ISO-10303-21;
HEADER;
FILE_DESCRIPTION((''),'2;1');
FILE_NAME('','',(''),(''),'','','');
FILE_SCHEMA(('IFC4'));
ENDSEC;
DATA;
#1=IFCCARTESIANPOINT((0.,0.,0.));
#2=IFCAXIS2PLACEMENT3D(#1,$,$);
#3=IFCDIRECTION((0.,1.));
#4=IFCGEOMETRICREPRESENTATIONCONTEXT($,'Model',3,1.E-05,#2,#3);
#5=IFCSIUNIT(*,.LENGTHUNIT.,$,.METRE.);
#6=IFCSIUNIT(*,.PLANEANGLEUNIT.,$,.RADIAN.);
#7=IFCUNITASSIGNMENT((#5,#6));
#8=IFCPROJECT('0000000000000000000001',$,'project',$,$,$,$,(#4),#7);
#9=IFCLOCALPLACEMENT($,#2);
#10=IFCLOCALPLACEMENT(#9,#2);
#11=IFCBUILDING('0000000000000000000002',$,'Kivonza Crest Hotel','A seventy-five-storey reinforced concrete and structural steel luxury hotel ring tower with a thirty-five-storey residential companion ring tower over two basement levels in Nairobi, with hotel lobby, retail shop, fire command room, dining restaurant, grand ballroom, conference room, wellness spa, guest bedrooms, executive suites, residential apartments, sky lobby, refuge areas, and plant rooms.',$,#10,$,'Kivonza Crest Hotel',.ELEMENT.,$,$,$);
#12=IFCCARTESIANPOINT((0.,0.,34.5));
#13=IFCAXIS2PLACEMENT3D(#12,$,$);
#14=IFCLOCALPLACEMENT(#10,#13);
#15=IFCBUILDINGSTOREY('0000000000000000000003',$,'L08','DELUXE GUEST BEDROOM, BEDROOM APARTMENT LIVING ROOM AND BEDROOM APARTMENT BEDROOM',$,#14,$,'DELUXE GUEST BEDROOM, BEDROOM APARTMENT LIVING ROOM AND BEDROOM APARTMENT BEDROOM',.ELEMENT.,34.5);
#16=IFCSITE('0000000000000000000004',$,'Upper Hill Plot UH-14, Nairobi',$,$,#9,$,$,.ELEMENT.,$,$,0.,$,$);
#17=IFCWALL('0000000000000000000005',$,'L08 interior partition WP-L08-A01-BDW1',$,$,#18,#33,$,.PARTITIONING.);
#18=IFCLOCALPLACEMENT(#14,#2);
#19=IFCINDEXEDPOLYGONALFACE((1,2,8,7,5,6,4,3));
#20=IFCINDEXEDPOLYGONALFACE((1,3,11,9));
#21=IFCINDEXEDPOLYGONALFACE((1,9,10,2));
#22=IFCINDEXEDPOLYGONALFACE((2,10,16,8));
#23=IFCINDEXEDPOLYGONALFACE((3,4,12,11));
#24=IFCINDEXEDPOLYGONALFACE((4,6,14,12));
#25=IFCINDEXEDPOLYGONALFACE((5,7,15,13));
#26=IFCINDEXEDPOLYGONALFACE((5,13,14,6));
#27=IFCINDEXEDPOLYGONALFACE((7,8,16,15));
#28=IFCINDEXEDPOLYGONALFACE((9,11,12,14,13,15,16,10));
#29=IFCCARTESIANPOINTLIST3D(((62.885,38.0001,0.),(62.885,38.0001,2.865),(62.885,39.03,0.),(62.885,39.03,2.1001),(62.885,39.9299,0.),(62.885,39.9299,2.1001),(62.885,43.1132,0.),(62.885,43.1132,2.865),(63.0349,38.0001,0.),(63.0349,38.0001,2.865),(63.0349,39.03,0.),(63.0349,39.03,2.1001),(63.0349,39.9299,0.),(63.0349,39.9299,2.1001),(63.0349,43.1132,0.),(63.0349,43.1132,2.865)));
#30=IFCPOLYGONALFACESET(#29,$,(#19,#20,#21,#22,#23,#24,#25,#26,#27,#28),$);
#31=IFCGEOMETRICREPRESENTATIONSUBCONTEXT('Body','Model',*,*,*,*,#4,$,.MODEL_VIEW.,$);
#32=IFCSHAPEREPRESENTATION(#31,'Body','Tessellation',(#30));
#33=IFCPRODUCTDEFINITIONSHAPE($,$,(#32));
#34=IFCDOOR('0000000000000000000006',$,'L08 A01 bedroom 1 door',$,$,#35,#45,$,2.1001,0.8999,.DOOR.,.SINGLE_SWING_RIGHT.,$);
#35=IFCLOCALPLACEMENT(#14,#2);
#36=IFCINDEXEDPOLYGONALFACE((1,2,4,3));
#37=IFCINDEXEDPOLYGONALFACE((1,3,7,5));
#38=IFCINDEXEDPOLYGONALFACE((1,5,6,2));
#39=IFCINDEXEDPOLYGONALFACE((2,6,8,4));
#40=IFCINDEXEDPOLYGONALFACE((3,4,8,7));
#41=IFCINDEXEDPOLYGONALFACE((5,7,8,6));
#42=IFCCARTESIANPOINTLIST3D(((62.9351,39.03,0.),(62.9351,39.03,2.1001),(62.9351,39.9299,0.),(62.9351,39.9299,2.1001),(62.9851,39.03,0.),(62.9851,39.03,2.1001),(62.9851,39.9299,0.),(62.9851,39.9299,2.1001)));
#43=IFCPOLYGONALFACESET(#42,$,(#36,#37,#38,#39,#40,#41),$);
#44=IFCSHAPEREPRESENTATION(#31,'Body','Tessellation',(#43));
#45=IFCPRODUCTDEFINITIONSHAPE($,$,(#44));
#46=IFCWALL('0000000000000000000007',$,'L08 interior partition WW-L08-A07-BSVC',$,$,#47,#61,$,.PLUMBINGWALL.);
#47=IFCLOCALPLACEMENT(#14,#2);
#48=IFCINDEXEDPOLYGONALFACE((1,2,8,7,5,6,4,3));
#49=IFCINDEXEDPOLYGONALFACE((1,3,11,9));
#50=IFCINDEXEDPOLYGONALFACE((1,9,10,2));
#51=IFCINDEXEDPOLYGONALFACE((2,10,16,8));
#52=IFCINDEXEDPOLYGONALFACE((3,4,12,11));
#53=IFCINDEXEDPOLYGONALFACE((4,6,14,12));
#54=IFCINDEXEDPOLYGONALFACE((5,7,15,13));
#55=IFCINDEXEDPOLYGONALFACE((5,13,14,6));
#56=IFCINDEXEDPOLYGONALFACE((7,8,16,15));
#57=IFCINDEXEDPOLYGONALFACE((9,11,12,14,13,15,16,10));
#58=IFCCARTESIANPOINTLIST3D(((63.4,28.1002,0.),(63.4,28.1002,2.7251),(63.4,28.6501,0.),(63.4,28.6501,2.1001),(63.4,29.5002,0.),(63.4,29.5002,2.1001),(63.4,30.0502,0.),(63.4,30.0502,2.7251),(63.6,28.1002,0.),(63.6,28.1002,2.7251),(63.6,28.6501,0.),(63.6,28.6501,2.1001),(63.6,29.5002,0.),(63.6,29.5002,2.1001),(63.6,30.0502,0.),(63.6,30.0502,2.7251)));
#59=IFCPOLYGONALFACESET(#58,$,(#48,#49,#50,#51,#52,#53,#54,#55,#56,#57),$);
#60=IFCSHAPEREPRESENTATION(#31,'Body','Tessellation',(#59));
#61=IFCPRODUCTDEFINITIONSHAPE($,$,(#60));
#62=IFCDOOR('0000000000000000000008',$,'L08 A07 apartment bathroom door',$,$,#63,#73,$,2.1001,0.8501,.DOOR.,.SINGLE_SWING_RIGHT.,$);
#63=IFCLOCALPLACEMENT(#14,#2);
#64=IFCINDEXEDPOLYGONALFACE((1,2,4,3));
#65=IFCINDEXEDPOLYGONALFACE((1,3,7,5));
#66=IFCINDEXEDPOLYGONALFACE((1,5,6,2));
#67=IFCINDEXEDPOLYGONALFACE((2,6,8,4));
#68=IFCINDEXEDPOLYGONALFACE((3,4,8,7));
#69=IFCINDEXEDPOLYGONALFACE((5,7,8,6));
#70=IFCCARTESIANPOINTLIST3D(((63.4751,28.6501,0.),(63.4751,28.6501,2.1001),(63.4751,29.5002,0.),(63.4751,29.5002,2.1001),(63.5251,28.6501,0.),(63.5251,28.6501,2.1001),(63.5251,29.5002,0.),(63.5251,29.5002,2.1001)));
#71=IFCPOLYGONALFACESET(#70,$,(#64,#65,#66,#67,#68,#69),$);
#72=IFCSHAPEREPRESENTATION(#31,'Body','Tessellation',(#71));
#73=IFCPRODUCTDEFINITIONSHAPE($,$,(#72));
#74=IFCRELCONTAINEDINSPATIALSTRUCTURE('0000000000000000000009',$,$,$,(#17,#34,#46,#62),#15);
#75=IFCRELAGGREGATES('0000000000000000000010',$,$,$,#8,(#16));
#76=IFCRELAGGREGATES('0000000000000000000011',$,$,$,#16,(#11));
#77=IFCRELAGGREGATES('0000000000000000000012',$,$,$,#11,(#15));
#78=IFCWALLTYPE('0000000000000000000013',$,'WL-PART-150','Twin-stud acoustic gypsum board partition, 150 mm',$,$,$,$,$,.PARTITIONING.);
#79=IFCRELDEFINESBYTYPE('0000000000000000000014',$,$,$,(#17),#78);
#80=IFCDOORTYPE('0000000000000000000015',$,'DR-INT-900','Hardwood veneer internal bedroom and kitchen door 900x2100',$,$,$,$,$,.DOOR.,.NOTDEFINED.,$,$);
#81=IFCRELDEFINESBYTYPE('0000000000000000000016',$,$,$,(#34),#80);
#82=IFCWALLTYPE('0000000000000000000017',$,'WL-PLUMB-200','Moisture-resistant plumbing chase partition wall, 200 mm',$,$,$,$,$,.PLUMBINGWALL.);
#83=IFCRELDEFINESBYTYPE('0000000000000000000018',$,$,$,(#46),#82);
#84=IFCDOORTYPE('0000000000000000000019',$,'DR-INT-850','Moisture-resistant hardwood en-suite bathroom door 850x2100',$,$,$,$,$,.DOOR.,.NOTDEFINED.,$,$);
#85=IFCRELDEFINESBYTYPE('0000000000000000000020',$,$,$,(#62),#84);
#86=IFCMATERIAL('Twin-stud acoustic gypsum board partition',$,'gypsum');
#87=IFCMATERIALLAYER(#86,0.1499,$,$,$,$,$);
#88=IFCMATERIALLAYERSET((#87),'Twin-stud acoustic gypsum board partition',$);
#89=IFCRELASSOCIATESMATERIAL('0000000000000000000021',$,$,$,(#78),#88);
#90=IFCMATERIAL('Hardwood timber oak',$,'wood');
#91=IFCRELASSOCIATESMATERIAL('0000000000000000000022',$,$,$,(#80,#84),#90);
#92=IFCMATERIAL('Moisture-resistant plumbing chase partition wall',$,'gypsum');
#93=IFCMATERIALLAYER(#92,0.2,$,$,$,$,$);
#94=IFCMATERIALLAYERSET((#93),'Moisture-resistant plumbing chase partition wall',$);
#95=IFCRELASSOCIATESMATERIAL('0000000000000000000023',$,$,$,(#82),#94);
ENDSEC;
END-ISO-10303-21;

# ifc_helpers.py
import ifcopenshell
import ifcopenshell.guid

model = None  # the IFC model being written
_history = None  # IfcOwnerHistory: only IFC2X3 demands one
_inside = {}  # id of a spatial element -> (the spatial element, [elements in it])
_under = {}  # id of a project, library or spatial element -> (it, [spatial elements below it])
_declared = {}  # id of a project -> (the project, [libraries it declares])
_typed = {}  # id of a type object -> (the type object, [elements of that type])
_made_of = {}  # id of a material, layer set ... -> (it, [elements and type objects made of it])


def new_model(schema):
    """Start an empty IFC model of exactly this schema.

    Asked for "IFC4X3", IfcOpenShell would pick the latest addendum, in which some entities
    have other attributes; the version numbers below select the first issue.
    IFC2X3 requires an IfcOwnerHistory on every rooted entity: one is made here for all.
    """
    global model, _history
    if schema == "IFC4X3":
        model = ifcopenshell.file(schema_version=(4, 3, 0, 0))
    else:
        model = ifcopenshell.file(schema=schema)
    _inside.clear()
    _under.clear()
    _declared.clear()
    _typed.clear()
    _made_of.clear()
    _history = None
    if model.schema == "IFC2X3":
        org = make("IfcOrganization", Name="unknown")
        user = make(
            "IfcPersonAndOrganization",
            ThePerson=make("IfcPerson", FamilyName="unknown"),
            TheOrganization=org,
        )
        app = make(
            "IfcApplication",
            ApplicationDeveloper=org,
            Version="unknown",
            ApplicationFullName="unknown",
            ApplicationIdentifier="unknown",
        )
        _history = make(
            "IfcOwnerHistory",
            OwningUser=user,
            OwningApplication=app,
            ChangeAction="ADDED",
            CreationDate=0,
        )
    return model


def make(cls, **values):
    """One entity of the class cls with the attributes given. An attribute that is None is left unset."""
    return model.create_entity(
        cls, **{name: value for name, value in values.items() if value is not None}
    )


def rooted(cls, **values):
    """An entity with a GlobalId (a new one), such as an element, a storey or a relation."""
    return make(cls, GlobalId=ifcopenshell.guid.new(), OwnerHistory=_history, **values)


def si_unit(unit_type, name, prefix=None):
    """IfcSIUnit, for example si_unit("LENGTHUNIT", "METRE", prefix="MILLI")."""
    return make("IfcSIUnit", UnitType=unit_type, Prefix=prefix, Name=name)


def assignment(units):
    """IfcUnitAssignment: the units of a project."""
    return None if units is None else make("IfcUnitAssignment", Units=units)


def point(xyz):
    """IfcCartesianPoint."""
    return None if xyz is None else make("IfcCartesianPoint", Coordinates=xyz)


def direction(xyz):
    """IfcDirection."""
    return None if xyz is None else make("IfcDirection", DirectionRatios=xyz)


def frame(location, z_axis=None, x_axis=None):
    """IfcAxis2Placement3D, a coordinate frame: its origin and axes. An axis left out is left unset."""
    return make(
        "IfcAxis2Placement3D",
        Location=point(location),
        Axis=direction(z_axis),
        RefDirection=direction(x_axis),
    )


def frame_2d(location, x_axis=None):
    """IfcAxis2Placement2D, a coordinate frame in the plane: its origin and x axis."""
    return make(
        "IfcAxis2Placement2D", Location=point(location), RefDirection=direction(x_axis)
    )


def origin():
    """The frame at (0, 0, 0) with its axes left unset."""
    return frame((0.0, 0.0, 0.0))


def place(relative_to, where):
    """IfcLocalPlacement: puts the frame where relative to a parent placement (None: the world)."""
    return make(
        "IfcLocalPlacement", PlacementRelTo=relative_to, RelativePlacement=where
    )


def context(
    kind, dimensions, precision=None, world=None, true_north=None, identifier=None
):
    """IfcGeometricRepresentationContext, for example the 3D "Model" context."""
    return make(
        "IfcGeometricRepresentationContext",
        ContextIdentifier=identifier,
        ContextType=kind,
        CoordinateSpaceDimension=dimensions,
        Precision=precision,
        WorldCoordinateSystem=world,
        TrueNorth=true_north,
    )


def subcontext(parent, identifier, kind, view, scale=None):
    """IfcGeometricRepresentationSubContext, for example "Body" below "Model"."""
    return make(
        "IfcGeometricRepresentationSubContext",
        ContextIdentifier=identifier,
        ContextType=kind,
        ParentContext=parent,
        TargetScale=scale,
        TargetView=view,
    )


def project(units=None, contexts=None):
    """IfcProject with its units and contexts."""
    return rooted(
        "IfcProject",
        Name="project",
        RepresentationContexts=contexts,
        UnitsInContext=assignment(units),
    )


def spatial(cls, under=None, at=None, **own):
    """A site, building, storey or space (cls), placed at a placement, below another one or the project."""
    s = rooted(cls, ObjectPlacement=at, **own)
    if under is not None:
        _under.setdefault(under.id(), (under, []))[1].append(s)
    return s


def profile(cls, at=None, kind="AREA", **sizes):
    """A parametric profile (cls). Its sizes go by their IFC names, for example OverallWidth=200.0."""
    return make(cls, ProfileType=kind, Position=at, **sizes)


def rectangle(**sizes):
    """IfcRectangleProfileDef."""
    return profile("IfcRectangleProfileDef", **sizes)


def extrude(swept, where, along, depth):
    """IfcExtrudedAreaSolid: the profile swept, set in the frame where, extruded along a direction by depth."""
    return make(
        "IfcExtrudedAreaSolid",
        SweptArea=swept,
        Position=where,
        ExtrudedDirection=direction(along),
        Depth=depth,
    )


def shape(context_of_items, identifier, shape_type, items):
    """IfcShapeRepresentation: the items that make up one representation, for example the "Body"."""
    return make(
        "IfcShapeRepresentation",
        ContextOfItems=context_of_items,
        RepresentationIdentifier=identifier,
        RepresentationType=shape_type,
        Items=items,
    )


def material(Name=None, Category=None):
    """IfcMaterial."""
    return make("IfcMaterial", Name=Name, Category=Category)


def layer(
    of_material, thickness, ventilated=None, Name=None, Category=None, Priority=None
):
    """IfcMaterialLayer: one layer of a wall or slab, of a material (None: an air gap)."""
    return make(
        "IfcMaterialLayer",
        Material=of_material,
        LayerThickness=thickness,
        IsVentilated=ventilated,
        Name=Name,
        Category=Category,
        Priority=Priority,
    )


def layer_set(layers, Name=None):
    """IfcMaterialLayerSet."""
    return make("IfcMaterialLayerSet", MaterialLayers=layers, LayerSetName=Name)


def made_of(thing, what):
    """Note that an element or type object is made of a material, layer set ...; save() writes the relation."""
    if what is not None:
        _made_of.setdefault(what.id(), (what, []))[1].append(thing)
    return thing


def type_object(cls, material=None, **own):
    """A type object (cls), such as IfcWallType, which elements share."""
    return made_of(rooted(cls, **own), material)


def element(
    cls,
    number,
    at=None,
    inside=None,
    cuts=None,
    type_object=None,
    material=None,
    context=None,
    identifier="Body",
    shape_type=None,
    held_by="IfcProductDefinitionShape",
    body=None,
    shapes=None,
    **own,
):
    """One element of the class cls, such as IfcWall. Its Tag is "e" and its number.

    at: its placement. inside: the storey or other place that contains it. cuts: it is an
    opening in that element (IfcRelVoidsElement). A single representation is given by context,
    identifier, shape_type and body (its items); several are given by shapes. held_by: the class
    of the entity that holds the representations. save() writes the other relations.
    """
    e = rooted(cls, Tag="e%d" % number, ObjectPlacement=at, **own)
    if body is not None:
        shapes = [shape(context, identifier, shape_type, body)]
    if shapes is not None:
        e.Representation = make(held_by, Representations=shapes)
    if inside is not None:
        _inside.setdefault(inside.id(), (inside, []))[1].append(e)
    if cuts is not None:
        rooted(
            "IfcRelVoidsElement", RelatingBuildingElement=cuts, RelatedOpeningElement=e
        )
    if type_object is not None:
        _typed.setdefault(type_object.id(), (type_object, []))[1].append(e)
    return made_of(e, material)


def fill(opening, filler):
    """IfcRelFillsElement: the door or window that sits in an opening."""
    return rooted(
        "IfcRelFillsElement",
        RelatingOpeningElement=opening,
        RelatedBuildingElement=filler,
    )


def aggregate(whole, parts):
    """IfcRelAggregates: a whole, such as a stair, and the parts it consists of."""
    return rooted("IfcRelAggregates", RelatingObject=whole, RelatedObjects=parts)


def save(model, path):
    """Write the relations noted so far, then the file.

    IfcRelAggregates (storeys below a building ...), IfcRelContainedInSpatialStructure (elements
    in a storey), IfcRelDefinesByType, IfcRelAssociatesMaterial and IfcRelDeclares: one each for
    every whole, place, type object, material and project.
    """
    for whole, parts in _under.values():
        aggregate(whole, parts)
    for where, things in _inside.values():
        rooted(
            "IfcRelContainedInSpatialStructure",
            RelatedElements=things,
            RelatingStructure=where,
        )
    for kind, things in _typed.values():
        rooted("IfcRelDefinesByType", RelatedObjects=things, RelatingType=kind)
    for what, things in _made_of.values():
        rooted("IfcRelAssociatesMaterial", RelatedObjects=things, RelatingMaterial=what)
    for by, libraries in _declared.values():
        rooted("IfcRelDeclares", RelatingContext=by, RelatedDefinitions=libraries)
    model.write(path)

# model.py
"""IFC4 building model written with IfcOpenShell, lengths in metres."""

from ifc_helpers import new_model, si_unit, direction, frame, frame_2d, origin, place, context, subcontext, project, spatial, rectangle, extrude, material, layer, layer_set, type_object, element, fill, save


model = new_model("IFC4")

# Units and contexts
model_context = context("Model", 3, precision=1e-05, world=origin(), true_north=direction((0.0, 1.0)))
body_context = subcontext(model_context, "Body", "Model", "MODEL_VIEW")
ifc_project = project(units=[si_unit("LENGTHUNIT", "METRE"), si_unit("PLANEANGLEUNIT", "RADIAN")], contexts=[model_context])

# Site, building, storey
site_placement = place(None, origin())
site = spatial("IfcSite", under=ifc_project, at=site_placement, Name="Upper Hill Plot UH-14, Nairobi", CompositionType="ELEMENT", RefElevation=0.0)
building_placement = place(site_placement, origin())
building = spatial("IfcBuilding", under=site, at=building_placement, Name="Kivonza Crest Hotel", Description="A seventy-five-storey reinforced concrete and structural steel luxury hotel ring tower with a thirty-five-storey residential companion ring tower over two basement levels in Nairobi, with hotel lobby, retail shop, fire command room, dining restaurant, grand ballroom, conference room, wellness spa, guest bedrooms, executive suites, residential apartments, sky lobby, refuge areas, and plant rooms.", LongName="Kivonza Crest Hotel", CompositionType="ELEMENT")
storey_placement = place(building_placement, frame((0.0, 0.0, 34.5)))
storey = spatial("IfcBuildingStorey", under=building, at=storey_placement, Name="L08", Description="DELUXE GUEST BEDROOM, BEDROOM APARTMENT LIVING ROOM AND BEDROOM APARTMENT BEDROOM", LongName="DELUXE GUEST BEDROOM, BEDROOM APARTMENT LIVING ROOM AND BEDROOM APARTMENT BEDROOM", CompositionType="ELEMENT", Elevation=34.5)

# Walls, openings, doors
ifc_material_1 = material(Name="Twin-stud acoustic gypsum board partition", Category="gypsum")
ifc_layer_1 = layer(ifc_material_1, 0.1499)
ifc_layer_set_1 = layer_set([ifc_layer_1], Name="Twin-stud acoustic gypsum board partition")
wall_type_1 = type_object("IfcWallType", Name="WL-PART-150", Description="Twin-stud acoustic gypsum board partition, 150 mm", PredefinedType="PARTITIONING", material=ifc_layer_set_1)
wall_1_placement = place(storey_placement, frame((62.96, 38.0, 0.0), z_axis=(0.0, 0.0, 1.0), x_axis=(0.0, 1.0, 0.0)))
wall_1 = element("IfcWall", 1, at=wall_1_placement, inside=storey, type_object=wall_type_1, Name="L08 interior partition WP-L08-A01-BDW1", PredefinedType="PARTITIONING", context=body_context, shape_type="SweptSolid", body=[
    extrude(rectangle(XDim=5.113, YDim=0.1499, at=frame_2d((2.5566, 0.0))), origin(), (0.0, 0.0, 1.0), 2.865),
])
opening_1_placement = place(wall_1_placement, frame((1.03, 0.0, 0.0)))
opening_1 = element("IfcOpeningElement", 2, at=opening_1_placement, cuts=wall_1, PredefinedType="OPENING", context=body_context, shape_type="SweptSolid", body=[
    extrude(rectangle(XDim=0.8999, YDim=2.1001, at=frame_2d((0.45, 1.05))), frame((0.0, 0.085, 0.0), z_axis=(0.0, -1.0, 0.0), x_axis=(1.0, 0.0, 0.0)), (0.0, 0.0, 1.0), 0.1699),
])
ifc_material_2 = material(Name="Hardwood timber oak", Category="wood")
door_type_1 = type_object("IfcDoorType", Name="DR-INT-900", Description="Hardwood veneer internal bedroom and kitchen door 900x2100", OperationType="NOTDEFINED", PredefinedType="DOOR", material=ifc_material_2)
door_1_placement = place(opening_1_placement, origin())
door_1 = element("IfcDoor", 3, at=door_1_placement, inside=storey, type_object=door_type_1, Name="L08 A01 bedroom 1 door", OperationType="SINGLE_SWING_RIGHT", OverallHeight=2.1001, OverallWidth=0.8999, PredefinedType="DOOR", context=body_context, shape_type="SweptSolid", body=[
    extrude(rectangle(XDim=0.8999, YDim=2.1001, at=frame_2d((0.45, 1.05))), frame((0.0, 0.0249, 0.0), z_axis=(0.0, -1.0, 0.0), x_axis=(1.0, 0.0, 0.0)), (0.0, 0.0, 1.0), 0.05),
])
fill(opening_1, door_1)
ifc_material_3 = material(Name="Moisture-resistant plumbing chase partition wall", Category="gypsum")
ifc_layer_2 = layer(ifc_material_3, 0.2)
ifc_layer_set_2 = layer_set([ifc_layer_2], Name="Moisture-resistant plumbing chase partition wall")
wall_type_2 = type_object("IfcWallType", Name="WL-PLUMB-200", Description="Moisture-resistant plumbing chase partition wall, 200 mm", PredefinedType="PLUMBINGWALL", material=ifc_layer_set_2)
wall_2_placement = place(storey_placement, frame((63.5, 28.1001, 0.0), z_axis=(0.0, 0.0, 1.0), x_axis=(0.0, 1.0, 0.0)))
wall_2 = element("IfcWall", 4, at=wall_2_placement, inside=storey, type_object=wall_type_2, Name="L08 interior partition WW-L08-A07-BSVC", PredefinedType="PLUMBINGWALL", context=body_context, shape_type="SweptSolid", body=[
    extrude(rectangle(XDim=1.95, YDim=0.2, at=frame_2d((0.9751, 0.0))), origin(), (0.0, 0.0, 1.0), 2.7251),
])
opening_2_placement = place(wall_2_placement, frame((0.55, 0.0, 0.0)))
opening_2 = element("IfcOpeningElement", 5, at=opening_2_placement, cuts=wall_2, PredefinedType="OPENING", context=body_context, shape_type="SweptSolid", body=[
    extrude(rectangle(XDim=0.8501, YDim=2.1001, at=frame_2d((0.425, 1.05))), frame((0.0, 0.1099, 0.0), z_axis=(0.0, -1.0, 0.0), x_axis=(1.0, 0.0, 0.0)), (0.0, 0.0, 1.0), 0.22),
])
door_type_2 = type_object("IfcDoorType", Name="DR-INT-850", Description="Moisture-resistant hardwood en-suite bathroom door 850x2100", OperationType="NOTDEFINED", PredefinedType="DOOR", material=ifc_material_2)
door_2_placement = place(opening_2_placement, origin())
door_2 = element("IfcDoor", 6, at=door_2_placement, inside=storey, type_object=door_type_2, Name="L08 A07 apartment bathroom door", OperationType="SINGLE_SWING_RIGHT", OverallHeight=2.1001, OverallWidth=0.8501, PredefinedType="DOOR", context=body_context, shape_type="SweptSolid", body=[
    extrude(rectangle(XDim=0.8501, YDim=2.1001, at=frame_2d((0.425, 1.05))), frame((0.0, 0.0249, 0.0), z_axis=(0.0, -1.0, 0.0), x_axis=(1.0, 0.0, 0.0)), (0.0, 0.0, 1.0), 0.05),
])
fill(opening_2, door_2)

save(model, "model.ifc")
